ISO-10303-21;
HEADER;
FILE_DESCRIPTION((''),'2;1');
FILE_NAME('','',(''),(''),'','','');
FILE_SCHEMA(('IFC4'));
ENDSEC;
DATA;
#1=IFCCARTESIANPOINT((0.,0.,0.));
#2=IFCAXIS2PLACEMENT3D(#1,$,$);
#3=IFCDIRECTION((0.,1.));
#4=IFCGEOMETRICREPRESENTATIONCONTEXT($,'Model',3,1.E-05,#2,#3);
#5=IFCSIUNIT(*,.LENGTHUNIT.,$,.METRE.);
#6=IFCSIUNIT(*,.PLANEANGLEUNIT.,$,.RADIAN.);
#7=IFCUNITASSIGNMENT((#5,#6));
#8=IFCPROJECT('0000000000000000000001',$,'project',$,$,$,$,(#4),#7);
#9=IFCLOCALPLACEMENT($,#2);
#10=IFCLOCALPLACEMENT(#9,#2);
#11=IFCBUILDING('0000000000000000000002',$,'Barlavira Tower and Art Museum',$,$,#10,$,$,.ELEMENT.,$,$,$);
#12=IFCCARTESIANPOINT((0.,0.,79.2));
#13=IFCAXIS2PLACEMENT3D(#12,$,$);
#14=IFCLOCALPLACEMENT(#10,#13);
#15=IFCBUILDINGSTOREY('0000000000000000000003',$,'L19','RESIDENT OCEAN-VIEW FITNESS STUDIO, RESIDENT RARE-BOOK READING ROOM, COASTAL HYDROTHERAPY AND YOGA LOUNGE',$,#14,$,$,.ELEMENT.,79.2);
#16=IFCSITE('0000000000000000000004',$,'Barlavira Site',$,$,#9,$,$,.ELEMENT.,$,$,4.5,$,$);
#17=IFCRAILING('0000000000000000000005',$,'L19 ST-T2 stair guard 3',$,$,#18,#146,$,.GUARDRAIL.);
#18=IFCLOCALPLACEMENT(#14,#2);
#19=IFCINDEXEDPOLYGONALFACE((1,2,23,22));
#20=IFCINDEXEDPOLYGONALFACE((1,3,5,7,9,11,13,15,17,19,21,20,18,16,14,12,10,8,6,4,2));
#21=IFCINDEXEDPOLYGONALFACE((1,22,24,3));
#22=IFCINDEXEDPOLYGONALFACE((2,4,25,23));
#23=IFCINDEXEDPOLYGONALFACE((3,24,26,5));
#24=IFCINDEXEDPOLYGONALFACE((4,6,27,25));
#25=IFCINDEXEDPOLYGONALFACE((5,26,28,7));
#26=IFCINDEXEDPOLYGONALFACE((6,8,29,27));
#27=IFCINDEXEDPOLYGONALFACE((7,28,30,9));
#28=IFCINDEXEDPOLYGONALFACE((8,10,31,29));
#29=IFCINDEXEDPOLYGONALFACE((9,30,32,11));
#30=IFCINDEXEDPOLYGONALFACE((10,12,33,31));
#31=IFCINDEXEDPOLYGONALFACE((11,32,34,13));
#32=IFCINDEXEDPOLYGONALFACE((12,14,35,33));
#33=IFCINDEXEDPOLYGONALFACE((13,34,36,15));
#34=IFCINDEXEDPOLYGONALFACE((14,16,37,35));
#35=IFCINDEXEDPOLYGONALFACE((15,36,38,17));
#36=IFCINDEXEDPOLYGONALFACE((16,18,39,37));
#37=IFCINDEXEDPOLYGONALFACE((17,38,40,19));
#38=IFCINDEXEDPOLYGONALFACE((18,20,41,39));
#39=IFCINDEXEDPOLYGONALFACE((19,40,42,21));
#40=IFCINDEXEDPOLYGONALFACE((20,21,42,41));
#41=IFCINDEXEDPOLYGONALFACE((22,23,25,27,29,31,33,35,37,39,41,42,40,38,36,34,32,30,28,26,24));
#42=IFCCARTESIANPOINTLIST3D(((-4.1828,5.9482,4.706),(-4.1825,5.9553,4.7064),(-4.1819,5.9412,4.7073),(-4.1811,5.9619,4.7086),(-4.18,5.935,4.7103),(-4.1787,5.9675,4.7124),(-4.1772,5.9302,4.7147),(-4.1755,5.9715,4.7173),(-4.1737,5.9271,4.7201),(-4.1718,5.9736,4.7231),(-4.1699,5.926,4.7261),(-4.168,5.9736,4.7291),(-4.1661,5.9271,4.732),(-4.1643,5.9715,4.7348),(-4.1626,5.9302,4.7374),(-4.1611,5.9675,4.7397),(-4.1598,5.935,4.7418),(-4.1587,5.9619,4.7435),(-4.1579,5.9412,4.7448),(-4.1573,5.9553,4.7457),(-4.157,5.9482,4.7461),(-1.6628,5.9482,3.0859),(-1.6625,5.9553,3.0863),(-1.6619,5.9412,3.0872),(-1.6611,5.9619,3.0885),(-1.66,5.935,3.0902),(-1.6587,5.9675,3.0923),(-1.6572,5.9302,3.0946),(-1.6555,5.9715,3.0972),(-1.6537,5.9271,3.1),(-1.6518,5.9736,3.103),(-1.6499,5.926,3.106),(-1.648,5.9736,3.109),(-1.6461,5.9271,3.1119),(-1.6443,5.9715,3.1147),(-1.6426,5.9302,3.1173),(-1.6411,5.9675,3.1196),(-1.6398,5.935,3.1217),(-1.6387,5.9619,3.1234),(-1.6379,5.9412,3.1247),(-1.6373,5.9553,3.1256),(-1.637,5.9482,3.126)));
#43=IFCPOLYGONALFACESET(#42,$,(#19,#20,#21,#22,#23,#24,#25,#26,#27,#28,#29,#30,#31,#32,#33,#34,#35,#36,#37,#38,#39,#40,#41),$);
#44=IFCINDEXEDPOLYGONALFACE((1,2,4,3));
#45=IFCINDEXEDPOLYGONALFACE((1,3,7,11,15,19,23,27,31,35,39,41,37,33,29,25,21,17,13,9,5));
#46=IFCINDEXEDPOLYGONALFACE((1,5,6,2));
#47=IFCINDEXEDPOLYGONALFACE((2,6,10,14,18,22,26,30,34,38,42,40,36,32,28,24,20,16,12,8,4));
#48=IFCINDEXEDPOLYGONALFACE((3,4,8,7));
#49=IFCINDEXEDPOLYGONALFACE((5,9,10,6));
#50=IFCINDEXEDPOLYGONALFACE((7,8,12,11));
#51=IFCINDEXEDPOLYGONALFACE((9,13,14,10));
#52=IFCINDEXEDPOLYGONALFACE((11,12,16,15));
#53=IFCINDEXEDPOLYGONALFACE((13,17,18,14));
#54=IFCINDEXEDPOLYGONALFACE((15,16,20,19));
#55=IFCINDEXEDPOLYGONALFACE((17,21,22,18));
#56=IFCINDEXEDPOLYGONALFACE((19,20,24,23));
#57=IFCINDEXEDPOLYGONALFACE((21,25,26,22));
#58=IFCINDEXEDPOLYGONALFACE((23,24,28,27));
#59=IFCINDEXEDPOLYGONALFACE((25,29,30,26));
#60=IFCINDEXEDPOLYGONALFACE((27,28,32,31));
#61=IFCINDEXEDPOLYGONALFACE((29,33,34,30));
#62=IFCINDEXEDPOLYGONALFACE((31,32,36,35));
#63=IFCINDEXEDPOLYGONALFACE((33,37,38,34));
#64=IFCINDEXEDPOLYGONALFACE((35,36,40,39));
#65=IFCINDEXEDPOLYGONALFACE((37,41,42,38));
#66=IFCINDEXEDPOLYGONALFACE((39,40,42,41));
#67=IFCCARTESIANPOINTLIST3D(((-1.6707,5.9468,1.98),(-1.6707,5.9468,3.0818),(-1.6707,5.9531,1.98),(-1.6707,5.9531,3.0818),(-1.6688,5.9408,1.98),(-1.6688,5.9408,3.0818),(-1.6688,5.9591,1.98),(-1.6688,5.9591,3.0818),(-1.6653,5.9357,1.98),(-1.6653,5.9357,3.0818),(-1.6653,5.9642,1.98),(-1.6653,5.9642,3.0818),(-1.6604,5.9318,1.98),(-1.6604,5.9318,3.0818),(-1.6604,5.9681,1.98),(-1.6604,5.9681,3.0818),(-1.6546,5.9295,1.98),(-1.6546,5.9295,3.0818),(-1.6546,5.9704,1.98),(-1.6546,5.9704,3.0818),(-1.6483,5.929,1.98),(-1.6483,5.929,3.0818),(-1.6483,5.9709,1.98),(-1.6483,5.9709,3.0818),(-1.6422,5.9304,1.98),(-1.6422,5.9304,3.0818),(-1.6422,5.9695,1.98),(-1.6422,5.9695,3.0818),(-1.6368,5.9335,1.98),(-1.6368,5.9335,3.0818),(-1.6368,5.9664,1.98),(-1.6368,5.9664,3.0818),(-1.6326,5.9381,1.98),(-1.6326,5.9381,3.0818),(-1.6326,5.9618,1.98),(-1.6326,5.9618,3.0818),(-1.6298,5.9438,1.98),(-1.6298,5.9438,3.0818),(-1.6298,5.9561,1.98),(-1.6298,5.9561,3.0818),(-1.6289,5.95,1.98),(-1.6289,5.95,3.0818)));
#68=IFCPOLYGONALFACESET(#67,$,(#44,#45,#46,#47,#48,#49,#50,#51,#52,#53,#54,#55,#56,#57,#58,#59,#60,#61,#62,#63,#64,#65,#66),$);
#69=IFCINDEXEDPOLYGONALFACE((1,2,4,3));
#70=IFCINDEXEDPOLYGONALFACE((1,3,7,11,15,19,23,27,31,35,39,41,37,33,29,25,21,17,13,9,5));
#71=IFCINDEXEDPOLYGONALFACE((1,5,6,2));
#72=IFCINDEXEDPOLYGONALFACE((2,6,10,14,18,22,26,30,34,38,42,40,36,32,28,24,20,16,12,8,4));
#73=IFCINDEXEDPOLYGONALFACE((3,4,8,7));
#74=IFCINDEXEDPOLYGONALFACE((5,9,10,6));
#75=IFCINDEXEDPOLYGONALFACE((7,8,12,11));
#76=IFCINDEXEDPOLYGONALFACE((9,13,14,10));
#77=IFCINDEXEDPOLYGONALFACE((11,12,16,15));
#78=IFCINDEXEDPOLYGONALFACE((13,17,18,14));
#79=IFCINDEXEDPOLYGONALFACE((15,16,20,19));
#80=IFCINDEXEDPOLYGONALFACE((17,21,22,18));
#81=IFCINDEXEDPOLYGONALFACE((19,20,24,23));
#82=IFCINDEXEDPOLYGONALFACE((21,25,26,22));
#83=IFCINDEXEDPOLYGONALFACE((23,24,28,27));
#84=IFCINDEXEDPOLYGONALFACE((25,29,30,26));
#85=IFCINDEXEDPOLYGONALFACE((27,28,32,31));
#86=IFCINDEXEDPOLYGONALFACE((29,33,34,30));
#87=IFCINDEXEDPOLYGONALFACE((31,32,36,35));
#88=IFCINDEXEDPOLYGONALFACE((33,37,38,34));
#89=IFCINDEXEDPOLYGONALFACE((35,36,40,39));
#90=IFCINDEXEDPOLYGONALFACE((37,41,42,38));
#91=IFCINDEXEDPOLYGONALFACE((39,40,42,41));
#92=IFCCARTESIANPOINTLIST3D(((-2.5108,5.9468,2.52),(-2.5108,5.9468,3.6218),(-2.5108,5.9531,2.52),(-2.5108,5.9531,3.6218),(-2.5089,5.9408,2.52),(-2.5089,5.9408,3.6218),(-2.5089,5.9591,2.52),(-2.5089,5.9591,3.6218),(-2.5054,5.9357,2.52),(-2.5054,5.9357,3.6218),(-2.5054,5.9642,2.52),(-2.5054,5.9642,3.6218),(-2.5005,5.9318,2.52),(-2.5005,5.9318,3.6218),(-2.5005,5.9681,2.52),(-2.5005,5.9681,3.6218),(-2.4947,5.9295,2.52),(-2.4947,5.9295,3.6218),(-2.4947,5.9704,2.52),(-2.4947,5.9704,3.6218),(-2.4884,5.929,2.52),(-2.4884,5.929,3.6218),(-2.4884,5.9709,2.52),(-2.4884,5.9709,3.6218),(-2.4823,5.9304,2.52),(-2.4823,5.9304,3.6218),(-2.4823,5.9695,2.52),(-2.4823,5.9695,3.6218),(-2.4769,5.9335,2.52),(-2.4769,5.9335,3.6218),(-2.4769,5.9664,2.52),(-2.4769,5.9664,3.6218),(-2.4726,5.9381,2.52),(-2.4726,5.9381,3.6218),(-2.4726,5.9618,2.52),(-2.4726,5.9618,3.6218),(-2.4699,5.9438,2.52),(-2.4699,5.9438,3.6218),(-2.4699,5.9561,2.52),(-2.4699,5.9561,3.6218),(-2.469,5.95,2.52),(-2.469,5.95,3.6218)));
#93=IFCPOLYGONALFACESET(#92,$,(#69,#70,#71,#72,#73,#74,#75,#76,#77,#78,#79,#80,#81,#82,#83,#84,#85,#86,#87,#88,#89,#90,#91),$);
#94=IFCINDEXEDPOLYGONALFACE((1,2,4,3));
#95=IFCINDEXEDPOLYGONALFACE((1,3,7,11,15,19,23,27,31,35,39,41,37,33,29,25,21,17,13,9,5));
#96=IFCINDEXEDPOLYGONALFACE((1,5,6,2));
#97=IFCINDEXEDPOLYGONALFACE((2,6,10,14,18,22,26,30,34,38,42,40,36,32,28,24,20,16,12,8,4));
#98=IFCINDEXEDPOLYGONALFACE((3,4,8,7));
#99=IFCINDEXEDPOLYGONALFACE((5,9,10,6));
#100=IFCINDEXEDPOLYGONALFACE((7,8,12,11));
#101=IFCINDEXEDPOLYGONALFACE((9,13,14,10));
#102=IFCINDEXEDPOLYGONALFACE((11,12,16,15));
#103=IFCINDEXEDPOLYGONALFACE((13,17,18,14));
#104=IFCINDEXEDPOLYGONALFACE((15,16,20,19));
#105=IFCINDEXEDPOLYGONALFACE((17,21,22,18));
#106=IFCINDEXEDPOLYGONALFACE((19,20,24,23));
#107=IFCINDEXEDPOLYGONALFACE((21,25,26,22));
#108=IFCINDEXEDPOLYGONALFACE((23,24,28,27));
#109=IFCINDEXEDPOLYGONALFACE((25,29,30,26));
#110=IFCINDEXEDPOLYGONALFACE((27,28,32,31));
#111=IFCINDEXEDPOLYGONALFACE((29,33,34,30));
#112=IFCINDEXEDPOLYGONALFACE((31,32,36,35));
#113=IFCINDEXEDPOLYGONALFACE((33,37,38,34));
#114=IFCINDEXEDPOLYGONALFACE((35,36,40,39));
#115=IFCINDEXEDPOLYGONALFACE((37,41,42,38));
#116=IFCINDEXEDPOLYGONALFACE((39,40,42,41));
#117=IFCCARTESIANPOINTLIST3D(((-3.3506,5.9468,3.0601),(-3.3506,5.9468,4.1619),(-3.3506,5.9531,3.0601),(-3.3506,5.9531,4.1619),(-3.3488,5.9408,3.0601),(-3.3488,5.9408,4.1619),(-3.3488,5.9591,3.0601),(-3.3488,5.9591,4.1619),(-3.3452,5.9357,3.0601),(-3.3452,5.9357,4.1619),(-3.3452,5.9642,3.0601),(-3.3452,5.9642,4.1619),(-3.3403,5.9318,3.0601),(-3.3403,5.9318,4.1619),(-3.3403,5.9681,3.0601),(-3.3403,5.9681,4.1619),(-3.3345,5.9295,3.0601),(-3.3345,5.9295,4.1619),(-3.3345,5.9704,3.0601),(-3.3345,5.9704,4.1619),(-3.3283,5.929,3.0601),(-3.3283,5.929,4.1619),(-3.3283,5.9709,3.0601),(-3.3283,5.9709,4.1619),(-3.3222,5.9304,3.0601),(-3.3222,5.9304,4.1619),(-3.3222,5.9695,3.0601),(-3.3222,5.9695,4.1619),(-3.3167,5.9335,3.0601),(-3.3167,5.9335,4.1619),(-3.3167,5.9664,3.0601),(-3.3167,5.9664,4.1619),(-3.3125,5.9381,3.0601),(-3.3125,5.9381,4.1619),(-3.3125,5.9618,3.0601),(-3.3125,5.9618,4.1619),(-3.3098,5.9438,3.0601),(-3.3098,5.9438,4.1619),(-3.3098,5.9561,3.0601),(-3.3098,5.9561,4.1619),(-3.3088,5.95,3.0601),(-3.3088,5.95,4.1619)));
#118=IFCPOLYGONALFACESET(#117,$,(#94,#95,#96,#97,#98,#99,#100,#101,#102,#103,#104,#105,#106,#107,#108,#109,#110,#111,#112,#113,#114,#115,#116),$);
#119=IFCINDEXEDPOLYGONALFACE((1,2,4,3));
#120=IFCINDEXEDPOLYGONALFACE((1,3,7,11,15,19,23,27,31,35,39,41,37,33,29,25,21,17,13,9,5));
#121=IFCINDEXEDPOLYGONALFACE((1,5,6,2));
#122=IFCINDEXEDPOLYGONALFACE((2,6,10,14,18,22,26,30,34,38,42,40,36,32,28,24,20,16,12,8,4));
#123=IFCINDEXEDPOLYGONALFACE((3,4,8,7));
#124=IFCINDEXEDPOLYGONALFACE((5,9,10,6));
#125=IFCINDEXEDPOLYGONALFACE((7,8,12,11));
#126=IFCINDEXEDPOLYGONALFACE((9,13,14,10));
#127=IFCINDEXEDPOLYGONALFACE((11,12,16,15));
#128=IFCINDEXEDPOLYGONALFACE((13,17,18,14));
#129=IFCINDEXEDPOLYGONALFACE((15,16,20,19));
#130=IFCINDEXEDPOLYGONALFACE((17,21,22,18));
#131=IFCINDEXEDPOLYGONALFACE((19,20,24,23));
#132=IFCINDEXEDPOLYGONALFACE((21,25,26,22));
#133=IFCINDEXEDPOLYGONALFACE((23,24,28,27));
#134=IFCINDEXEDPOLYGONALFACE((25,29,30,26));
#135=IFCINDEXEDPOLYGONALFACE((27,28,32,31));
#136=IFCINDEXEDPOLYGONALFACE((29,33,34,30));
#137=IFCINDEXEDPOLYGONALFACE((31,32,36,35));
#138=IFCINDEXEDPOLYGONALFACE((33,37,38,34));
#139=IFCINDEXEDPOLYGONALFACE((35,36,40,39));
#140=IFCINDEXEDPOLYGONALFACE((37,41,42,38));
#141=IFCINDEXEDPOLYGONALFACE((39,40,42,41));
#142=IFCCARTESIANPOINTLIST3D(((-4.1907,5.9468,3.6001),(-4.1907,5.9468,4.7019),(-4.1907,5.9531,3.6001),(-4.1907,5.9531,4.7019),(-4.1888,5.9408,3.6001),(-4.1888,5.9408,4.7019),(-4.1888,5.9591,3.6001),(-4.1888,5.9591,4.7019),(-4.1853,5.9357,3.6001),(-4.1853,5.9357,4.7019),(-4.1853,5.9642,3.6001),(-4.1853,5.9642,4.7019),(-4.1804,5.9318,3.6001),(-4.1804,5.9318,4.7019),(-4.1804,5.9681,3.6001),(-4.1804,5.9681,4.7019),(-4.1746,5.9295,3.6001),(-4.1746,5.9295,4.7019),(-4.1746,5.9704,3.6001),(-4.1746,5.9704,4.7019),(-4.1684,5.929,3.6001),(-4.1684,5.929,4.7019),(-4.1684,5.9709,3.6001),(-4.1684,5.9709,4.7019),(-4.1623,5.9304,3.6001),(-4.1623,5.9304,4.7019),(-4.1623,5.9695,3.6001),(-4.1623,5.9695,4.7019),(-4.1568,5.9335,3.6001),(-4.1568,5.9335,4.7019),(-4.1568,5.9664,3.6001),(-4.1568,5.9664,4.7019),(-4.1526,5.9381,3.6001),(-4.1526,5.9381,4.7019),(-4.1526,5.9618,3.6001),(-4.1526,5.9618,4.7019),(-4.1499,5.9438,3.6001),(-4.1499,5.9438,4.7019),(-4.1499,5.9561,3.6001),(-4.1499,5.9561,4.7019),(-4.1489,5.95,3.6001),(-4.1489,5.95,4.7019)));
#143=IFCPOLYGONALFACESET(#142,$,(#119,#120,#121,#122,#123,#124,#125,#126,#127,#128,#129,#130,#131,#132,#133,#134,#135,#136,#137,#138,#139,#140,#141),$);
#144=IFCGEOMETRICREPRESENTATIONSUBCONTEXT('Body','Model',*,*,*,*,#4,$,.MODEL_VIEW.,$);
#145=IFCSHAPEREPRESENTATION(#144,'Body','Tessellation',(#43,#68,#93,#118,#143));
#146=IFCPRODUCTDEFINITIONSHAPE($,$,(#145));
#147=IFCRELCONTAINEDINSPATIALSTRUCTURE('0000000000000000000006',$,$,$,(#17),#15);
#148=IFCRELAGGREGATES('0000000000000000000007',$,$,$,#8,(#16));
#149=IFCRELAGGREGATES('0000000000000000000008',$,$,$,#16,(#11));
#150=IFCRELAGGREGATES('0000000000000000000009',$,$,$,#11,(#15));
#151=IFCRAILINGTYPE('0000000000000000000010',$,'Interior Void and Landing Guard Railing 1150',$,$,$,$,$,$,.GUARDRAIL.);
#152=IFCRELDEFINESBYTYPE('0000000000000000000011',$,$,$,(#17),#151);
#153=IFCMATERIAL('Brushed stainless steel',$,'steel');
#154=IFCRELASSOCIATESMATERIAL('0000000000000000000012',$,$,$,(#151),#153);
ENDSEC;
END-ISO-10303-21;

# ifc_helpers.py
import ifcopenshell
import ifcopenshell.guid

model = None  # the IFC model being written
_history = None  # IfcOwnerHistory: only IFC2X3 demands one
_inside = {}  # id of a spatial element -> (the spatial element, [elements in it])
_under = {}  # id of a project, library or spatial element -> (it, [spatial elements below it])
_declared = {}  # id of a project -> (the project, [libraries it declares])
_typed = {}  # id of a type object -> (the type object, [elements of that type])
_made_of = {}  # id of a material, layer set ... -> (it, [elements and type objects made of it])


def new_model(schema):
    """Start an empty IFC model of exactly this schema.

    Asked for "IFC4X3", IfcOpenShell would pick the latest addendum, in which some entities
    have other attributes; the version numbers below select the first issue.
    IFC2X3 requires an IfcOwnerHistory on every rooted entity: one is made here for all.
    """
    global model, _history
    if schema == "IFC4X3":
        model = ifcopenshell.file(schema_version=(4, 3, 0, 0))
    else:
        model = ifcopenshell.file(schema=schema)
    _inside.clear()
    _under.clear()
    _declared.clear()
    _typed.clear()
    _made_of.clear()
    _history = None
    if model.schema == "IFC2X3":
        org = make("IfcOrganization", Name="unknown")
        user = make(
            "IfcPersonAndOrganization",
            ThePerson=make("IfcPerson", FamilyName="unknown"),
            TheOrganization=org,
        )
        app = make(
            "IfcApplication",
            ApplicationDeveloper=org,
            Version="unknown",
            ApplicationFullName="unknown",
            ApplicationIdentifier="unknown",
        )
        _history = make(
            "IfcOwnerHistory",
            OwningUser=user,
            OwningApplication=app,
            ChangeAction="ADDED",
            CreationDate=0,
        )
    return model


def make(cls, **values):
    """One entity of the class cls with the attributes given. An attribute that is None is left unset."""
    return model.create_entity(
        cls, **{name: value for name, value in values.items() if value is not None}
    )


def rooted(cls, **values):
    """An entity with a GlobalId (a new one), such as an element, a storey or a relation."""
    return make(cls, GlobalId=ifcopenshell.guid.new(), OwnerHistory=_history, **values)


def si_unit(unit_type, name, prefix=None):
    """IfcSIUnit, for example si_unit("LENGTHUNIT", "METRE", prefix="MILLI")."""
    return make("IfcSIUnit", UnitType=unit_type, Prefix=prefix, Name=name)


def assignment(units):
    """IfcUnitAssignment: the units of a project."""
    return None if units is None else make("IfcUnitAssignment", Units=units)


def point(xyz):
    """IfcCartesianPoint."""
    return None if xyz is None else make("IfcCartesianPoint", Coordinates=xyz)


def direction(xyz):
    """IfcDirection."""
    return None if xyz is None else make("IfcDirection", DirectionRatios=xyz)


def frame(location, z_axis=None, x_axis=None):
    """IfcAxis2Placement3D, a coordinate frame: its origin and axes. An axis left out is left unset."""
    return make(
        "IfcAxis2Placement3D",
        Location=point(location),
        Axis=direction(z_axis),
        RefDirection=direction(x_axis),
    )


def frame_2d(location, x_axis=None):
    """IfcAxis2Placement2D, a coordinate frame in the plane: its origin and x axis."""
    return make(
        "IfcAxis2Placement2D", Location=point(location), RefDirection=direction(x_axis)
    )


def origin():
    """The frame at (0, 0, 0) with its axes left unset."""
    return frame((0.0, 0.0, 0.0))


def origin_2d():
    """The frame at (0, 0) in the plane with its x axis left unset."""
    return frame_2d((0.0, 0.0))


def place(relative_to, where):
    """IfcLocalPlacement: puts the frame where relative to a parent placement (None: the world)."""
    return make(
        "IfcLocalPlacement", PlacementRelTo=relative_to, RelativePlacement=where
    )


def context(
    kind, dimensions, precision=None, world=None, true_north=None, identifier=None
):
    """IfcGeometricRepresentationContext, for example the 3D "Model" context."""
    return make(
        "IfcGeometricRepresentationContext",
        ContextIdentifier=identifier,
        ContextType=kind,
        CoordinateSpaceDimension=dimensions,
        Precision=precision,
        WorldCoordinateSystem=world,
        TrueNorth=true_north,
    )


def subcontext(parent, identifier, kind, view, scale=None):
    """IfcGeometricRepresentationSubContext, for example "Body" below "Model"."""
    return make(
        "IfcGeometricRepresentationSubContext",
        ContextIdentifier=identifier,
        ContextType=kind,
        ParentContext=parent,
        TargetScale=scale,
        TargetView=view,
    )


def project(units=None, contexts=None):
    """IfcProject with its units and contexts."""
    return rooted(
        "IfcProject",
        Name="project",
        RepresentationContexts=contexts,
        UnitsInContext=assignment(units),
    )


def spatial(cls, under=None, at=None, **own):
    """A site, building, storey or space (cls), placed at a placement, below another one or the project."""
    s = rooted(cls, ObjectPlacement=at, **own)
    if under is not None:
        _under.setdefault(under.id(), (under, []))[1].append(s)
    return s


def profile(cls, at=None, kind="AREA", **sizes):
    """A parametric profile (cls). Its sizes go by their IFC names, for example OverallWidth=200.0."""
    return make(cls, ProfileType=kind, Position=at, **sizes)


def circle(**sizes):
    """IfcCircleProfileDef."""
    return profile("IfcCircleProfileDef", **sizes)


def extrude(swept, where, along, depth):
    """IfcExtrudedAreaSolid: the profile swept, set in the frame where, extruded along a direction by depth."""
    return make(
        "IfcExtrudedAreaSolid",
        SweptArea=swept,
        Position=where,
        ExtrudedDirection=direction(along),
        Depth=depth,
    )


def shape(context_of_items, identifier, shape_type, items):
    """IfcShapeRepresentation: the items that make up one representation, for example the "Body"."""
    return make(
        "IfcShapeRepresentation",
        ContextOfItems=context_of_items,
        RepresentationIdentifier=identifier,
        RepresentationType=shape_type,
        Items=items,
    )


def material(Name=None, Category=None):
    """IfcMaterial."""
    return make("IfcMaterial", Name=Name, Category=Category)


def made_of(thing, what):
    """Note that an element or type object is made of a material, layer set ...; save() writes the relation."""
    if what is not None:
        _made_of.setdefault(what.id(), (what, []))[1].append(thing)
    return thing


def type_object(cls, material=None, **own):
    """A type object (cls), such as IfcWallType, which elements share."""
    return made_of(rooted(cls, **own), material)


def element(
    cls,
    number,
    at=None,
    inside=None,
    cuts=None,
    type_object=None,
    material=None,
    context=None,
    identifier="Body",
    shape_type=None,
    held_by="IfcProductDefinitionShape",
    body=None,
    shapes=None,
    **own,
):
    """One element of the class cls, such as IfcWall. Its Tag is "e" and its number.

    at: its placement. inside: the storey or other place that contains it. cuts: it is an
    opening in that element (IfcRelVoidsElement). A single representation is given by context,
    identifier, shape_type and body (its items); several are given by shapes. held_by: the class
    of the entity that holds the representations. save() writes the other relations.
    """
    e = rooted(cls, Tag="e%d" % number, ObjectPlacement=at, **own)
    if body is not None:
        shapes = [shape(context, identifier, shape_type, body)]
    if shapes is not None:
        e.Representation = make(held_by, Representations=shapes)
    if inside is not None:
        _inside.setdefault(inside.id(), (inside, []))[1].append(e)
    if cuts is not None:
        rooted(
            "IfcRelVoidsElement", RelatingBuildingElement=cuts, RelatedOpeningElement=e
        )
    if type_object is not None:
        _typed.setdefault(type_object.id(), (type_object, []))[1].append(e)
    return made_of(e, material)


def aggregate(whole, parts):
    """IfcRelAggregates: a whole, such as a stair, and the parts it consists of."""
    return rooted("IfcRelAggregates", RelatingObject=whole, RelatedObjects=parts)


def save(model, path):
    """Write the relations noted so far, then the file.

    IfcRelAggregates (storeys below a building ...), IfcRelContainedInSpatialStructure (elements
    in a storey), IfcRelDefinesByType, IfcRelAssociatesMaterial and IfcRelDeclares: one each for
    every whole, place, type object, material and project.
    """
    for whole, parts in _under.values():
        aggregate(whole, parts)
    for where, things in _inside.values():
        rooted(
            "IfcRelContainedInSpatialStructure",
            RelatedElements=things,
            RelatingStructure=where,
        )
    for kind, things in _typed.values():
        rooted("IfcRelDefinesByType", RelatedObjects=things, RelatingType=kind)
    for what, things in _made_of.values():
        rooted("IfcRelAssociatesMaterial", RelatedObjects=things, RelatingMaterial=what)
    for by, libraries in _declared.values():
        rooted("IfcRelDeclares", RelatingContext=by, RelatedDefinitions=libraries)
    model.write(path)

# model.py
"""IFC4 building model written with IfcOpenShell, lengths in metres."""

from ifc_helpers import new_model, si_unit, direction, frame, origin, origin_2d, place, context, subcontext, project, spatial, circle, extrude, material, type_object, element, save


model = new_model("IFC4")

# Units and contexts
model_context = context("Model", 3, precision=1e-05, world=origin(), true_north=direction((0.0, 1.0)))
body_context = subcontext(model_context, "Body", "Model", "MODEL_VIEW")
ifc_project = project(units=[si_unit("LENGTHUNIT", "METRE"), si_unit("PLANEANGLEUNIT", "RADIAN")], contexts=[model_context])

# Site, building, storey
site_placement = place(None, origin())
site = spatial("IfcSite", under=ifc_project, at=site_placement, Name="Barlavira Site", CompositionType="ELEMENT", RefElevation=4.5)
building_placement = place(site_placement, origin())
building = spatial("IfcBuilding", under=site, at=building_placement, Name="Barlavira Tower and Art Museum", CompositionType="ELEMENT")
storey_placement = place(building_placement, frame((0.0, 0.0, 79.2)))
storey = spatial("IfcBuildingStorey", under=building, at=storey_placement, Name="L19", Description="RESIDENT OCEAN-VIEW FITNESS STUDIO, RESIDENT RARE-BOOK READING ROOM, COASTAL HYDROTHERAPY AND YOGA LOUNGE", CompositionType="ELEMENT", Elevation=79.2)

# Shared definitions
ifc_material_1 = material(Name="Brushed stainless steel", Category="steel")

# Railing
railing_type_1 = type_object("IfcRailingType", Name="Interior Void and Landing Guard Railing 1150", PredefinedType="GUARDRAIL", material=ifc_material_1)
railing_1_placement = place(storey_placement, frame((-1.6499, 5.95, 1.98)))
element("IfcRailing", 1, at=railing_1_placement, inside=storey, type_object=railing_type_1, Name="L19 ST-T2 stair guard 3", PredefinedType="GUARDRAIL", context=body_context, shape_type="SweptSolid", body=[
    extrude(circle(Radius=0.0239, at=origin_2d()), frame((0.0, 0.0, 1.126), z_axis=(-0.841163, 0.0, 0.540782), x_axis=(0.0, -1.0, 0.0)), (0.0, 0.0, 1.0), 2.9958),
    extrude(circle(Radius=0.021, at=origin_2d()), origin(), (0.0, 0.0, 1.0), 1.1018),
    extrude(circle(Radius=0.021, at=origin_2d()), frame((-0.8401, 0.0, 0.54)), (0.0, 0.0, 1.0), 1.1018),
    extrude(circle(Radius=0.021, at=origin_2d()), frame((-1.6799, 0.0, 1.0801)), (0.0, 0.0, 1.0), 1.1018),
    extrude(circle(Radius=0.021, at=origin_2d()), frame((-2.52, 0.0, 1.6201)), (0.0, 0.0, 1.0), 1.1018),
])

save(model, "model.ifc")
